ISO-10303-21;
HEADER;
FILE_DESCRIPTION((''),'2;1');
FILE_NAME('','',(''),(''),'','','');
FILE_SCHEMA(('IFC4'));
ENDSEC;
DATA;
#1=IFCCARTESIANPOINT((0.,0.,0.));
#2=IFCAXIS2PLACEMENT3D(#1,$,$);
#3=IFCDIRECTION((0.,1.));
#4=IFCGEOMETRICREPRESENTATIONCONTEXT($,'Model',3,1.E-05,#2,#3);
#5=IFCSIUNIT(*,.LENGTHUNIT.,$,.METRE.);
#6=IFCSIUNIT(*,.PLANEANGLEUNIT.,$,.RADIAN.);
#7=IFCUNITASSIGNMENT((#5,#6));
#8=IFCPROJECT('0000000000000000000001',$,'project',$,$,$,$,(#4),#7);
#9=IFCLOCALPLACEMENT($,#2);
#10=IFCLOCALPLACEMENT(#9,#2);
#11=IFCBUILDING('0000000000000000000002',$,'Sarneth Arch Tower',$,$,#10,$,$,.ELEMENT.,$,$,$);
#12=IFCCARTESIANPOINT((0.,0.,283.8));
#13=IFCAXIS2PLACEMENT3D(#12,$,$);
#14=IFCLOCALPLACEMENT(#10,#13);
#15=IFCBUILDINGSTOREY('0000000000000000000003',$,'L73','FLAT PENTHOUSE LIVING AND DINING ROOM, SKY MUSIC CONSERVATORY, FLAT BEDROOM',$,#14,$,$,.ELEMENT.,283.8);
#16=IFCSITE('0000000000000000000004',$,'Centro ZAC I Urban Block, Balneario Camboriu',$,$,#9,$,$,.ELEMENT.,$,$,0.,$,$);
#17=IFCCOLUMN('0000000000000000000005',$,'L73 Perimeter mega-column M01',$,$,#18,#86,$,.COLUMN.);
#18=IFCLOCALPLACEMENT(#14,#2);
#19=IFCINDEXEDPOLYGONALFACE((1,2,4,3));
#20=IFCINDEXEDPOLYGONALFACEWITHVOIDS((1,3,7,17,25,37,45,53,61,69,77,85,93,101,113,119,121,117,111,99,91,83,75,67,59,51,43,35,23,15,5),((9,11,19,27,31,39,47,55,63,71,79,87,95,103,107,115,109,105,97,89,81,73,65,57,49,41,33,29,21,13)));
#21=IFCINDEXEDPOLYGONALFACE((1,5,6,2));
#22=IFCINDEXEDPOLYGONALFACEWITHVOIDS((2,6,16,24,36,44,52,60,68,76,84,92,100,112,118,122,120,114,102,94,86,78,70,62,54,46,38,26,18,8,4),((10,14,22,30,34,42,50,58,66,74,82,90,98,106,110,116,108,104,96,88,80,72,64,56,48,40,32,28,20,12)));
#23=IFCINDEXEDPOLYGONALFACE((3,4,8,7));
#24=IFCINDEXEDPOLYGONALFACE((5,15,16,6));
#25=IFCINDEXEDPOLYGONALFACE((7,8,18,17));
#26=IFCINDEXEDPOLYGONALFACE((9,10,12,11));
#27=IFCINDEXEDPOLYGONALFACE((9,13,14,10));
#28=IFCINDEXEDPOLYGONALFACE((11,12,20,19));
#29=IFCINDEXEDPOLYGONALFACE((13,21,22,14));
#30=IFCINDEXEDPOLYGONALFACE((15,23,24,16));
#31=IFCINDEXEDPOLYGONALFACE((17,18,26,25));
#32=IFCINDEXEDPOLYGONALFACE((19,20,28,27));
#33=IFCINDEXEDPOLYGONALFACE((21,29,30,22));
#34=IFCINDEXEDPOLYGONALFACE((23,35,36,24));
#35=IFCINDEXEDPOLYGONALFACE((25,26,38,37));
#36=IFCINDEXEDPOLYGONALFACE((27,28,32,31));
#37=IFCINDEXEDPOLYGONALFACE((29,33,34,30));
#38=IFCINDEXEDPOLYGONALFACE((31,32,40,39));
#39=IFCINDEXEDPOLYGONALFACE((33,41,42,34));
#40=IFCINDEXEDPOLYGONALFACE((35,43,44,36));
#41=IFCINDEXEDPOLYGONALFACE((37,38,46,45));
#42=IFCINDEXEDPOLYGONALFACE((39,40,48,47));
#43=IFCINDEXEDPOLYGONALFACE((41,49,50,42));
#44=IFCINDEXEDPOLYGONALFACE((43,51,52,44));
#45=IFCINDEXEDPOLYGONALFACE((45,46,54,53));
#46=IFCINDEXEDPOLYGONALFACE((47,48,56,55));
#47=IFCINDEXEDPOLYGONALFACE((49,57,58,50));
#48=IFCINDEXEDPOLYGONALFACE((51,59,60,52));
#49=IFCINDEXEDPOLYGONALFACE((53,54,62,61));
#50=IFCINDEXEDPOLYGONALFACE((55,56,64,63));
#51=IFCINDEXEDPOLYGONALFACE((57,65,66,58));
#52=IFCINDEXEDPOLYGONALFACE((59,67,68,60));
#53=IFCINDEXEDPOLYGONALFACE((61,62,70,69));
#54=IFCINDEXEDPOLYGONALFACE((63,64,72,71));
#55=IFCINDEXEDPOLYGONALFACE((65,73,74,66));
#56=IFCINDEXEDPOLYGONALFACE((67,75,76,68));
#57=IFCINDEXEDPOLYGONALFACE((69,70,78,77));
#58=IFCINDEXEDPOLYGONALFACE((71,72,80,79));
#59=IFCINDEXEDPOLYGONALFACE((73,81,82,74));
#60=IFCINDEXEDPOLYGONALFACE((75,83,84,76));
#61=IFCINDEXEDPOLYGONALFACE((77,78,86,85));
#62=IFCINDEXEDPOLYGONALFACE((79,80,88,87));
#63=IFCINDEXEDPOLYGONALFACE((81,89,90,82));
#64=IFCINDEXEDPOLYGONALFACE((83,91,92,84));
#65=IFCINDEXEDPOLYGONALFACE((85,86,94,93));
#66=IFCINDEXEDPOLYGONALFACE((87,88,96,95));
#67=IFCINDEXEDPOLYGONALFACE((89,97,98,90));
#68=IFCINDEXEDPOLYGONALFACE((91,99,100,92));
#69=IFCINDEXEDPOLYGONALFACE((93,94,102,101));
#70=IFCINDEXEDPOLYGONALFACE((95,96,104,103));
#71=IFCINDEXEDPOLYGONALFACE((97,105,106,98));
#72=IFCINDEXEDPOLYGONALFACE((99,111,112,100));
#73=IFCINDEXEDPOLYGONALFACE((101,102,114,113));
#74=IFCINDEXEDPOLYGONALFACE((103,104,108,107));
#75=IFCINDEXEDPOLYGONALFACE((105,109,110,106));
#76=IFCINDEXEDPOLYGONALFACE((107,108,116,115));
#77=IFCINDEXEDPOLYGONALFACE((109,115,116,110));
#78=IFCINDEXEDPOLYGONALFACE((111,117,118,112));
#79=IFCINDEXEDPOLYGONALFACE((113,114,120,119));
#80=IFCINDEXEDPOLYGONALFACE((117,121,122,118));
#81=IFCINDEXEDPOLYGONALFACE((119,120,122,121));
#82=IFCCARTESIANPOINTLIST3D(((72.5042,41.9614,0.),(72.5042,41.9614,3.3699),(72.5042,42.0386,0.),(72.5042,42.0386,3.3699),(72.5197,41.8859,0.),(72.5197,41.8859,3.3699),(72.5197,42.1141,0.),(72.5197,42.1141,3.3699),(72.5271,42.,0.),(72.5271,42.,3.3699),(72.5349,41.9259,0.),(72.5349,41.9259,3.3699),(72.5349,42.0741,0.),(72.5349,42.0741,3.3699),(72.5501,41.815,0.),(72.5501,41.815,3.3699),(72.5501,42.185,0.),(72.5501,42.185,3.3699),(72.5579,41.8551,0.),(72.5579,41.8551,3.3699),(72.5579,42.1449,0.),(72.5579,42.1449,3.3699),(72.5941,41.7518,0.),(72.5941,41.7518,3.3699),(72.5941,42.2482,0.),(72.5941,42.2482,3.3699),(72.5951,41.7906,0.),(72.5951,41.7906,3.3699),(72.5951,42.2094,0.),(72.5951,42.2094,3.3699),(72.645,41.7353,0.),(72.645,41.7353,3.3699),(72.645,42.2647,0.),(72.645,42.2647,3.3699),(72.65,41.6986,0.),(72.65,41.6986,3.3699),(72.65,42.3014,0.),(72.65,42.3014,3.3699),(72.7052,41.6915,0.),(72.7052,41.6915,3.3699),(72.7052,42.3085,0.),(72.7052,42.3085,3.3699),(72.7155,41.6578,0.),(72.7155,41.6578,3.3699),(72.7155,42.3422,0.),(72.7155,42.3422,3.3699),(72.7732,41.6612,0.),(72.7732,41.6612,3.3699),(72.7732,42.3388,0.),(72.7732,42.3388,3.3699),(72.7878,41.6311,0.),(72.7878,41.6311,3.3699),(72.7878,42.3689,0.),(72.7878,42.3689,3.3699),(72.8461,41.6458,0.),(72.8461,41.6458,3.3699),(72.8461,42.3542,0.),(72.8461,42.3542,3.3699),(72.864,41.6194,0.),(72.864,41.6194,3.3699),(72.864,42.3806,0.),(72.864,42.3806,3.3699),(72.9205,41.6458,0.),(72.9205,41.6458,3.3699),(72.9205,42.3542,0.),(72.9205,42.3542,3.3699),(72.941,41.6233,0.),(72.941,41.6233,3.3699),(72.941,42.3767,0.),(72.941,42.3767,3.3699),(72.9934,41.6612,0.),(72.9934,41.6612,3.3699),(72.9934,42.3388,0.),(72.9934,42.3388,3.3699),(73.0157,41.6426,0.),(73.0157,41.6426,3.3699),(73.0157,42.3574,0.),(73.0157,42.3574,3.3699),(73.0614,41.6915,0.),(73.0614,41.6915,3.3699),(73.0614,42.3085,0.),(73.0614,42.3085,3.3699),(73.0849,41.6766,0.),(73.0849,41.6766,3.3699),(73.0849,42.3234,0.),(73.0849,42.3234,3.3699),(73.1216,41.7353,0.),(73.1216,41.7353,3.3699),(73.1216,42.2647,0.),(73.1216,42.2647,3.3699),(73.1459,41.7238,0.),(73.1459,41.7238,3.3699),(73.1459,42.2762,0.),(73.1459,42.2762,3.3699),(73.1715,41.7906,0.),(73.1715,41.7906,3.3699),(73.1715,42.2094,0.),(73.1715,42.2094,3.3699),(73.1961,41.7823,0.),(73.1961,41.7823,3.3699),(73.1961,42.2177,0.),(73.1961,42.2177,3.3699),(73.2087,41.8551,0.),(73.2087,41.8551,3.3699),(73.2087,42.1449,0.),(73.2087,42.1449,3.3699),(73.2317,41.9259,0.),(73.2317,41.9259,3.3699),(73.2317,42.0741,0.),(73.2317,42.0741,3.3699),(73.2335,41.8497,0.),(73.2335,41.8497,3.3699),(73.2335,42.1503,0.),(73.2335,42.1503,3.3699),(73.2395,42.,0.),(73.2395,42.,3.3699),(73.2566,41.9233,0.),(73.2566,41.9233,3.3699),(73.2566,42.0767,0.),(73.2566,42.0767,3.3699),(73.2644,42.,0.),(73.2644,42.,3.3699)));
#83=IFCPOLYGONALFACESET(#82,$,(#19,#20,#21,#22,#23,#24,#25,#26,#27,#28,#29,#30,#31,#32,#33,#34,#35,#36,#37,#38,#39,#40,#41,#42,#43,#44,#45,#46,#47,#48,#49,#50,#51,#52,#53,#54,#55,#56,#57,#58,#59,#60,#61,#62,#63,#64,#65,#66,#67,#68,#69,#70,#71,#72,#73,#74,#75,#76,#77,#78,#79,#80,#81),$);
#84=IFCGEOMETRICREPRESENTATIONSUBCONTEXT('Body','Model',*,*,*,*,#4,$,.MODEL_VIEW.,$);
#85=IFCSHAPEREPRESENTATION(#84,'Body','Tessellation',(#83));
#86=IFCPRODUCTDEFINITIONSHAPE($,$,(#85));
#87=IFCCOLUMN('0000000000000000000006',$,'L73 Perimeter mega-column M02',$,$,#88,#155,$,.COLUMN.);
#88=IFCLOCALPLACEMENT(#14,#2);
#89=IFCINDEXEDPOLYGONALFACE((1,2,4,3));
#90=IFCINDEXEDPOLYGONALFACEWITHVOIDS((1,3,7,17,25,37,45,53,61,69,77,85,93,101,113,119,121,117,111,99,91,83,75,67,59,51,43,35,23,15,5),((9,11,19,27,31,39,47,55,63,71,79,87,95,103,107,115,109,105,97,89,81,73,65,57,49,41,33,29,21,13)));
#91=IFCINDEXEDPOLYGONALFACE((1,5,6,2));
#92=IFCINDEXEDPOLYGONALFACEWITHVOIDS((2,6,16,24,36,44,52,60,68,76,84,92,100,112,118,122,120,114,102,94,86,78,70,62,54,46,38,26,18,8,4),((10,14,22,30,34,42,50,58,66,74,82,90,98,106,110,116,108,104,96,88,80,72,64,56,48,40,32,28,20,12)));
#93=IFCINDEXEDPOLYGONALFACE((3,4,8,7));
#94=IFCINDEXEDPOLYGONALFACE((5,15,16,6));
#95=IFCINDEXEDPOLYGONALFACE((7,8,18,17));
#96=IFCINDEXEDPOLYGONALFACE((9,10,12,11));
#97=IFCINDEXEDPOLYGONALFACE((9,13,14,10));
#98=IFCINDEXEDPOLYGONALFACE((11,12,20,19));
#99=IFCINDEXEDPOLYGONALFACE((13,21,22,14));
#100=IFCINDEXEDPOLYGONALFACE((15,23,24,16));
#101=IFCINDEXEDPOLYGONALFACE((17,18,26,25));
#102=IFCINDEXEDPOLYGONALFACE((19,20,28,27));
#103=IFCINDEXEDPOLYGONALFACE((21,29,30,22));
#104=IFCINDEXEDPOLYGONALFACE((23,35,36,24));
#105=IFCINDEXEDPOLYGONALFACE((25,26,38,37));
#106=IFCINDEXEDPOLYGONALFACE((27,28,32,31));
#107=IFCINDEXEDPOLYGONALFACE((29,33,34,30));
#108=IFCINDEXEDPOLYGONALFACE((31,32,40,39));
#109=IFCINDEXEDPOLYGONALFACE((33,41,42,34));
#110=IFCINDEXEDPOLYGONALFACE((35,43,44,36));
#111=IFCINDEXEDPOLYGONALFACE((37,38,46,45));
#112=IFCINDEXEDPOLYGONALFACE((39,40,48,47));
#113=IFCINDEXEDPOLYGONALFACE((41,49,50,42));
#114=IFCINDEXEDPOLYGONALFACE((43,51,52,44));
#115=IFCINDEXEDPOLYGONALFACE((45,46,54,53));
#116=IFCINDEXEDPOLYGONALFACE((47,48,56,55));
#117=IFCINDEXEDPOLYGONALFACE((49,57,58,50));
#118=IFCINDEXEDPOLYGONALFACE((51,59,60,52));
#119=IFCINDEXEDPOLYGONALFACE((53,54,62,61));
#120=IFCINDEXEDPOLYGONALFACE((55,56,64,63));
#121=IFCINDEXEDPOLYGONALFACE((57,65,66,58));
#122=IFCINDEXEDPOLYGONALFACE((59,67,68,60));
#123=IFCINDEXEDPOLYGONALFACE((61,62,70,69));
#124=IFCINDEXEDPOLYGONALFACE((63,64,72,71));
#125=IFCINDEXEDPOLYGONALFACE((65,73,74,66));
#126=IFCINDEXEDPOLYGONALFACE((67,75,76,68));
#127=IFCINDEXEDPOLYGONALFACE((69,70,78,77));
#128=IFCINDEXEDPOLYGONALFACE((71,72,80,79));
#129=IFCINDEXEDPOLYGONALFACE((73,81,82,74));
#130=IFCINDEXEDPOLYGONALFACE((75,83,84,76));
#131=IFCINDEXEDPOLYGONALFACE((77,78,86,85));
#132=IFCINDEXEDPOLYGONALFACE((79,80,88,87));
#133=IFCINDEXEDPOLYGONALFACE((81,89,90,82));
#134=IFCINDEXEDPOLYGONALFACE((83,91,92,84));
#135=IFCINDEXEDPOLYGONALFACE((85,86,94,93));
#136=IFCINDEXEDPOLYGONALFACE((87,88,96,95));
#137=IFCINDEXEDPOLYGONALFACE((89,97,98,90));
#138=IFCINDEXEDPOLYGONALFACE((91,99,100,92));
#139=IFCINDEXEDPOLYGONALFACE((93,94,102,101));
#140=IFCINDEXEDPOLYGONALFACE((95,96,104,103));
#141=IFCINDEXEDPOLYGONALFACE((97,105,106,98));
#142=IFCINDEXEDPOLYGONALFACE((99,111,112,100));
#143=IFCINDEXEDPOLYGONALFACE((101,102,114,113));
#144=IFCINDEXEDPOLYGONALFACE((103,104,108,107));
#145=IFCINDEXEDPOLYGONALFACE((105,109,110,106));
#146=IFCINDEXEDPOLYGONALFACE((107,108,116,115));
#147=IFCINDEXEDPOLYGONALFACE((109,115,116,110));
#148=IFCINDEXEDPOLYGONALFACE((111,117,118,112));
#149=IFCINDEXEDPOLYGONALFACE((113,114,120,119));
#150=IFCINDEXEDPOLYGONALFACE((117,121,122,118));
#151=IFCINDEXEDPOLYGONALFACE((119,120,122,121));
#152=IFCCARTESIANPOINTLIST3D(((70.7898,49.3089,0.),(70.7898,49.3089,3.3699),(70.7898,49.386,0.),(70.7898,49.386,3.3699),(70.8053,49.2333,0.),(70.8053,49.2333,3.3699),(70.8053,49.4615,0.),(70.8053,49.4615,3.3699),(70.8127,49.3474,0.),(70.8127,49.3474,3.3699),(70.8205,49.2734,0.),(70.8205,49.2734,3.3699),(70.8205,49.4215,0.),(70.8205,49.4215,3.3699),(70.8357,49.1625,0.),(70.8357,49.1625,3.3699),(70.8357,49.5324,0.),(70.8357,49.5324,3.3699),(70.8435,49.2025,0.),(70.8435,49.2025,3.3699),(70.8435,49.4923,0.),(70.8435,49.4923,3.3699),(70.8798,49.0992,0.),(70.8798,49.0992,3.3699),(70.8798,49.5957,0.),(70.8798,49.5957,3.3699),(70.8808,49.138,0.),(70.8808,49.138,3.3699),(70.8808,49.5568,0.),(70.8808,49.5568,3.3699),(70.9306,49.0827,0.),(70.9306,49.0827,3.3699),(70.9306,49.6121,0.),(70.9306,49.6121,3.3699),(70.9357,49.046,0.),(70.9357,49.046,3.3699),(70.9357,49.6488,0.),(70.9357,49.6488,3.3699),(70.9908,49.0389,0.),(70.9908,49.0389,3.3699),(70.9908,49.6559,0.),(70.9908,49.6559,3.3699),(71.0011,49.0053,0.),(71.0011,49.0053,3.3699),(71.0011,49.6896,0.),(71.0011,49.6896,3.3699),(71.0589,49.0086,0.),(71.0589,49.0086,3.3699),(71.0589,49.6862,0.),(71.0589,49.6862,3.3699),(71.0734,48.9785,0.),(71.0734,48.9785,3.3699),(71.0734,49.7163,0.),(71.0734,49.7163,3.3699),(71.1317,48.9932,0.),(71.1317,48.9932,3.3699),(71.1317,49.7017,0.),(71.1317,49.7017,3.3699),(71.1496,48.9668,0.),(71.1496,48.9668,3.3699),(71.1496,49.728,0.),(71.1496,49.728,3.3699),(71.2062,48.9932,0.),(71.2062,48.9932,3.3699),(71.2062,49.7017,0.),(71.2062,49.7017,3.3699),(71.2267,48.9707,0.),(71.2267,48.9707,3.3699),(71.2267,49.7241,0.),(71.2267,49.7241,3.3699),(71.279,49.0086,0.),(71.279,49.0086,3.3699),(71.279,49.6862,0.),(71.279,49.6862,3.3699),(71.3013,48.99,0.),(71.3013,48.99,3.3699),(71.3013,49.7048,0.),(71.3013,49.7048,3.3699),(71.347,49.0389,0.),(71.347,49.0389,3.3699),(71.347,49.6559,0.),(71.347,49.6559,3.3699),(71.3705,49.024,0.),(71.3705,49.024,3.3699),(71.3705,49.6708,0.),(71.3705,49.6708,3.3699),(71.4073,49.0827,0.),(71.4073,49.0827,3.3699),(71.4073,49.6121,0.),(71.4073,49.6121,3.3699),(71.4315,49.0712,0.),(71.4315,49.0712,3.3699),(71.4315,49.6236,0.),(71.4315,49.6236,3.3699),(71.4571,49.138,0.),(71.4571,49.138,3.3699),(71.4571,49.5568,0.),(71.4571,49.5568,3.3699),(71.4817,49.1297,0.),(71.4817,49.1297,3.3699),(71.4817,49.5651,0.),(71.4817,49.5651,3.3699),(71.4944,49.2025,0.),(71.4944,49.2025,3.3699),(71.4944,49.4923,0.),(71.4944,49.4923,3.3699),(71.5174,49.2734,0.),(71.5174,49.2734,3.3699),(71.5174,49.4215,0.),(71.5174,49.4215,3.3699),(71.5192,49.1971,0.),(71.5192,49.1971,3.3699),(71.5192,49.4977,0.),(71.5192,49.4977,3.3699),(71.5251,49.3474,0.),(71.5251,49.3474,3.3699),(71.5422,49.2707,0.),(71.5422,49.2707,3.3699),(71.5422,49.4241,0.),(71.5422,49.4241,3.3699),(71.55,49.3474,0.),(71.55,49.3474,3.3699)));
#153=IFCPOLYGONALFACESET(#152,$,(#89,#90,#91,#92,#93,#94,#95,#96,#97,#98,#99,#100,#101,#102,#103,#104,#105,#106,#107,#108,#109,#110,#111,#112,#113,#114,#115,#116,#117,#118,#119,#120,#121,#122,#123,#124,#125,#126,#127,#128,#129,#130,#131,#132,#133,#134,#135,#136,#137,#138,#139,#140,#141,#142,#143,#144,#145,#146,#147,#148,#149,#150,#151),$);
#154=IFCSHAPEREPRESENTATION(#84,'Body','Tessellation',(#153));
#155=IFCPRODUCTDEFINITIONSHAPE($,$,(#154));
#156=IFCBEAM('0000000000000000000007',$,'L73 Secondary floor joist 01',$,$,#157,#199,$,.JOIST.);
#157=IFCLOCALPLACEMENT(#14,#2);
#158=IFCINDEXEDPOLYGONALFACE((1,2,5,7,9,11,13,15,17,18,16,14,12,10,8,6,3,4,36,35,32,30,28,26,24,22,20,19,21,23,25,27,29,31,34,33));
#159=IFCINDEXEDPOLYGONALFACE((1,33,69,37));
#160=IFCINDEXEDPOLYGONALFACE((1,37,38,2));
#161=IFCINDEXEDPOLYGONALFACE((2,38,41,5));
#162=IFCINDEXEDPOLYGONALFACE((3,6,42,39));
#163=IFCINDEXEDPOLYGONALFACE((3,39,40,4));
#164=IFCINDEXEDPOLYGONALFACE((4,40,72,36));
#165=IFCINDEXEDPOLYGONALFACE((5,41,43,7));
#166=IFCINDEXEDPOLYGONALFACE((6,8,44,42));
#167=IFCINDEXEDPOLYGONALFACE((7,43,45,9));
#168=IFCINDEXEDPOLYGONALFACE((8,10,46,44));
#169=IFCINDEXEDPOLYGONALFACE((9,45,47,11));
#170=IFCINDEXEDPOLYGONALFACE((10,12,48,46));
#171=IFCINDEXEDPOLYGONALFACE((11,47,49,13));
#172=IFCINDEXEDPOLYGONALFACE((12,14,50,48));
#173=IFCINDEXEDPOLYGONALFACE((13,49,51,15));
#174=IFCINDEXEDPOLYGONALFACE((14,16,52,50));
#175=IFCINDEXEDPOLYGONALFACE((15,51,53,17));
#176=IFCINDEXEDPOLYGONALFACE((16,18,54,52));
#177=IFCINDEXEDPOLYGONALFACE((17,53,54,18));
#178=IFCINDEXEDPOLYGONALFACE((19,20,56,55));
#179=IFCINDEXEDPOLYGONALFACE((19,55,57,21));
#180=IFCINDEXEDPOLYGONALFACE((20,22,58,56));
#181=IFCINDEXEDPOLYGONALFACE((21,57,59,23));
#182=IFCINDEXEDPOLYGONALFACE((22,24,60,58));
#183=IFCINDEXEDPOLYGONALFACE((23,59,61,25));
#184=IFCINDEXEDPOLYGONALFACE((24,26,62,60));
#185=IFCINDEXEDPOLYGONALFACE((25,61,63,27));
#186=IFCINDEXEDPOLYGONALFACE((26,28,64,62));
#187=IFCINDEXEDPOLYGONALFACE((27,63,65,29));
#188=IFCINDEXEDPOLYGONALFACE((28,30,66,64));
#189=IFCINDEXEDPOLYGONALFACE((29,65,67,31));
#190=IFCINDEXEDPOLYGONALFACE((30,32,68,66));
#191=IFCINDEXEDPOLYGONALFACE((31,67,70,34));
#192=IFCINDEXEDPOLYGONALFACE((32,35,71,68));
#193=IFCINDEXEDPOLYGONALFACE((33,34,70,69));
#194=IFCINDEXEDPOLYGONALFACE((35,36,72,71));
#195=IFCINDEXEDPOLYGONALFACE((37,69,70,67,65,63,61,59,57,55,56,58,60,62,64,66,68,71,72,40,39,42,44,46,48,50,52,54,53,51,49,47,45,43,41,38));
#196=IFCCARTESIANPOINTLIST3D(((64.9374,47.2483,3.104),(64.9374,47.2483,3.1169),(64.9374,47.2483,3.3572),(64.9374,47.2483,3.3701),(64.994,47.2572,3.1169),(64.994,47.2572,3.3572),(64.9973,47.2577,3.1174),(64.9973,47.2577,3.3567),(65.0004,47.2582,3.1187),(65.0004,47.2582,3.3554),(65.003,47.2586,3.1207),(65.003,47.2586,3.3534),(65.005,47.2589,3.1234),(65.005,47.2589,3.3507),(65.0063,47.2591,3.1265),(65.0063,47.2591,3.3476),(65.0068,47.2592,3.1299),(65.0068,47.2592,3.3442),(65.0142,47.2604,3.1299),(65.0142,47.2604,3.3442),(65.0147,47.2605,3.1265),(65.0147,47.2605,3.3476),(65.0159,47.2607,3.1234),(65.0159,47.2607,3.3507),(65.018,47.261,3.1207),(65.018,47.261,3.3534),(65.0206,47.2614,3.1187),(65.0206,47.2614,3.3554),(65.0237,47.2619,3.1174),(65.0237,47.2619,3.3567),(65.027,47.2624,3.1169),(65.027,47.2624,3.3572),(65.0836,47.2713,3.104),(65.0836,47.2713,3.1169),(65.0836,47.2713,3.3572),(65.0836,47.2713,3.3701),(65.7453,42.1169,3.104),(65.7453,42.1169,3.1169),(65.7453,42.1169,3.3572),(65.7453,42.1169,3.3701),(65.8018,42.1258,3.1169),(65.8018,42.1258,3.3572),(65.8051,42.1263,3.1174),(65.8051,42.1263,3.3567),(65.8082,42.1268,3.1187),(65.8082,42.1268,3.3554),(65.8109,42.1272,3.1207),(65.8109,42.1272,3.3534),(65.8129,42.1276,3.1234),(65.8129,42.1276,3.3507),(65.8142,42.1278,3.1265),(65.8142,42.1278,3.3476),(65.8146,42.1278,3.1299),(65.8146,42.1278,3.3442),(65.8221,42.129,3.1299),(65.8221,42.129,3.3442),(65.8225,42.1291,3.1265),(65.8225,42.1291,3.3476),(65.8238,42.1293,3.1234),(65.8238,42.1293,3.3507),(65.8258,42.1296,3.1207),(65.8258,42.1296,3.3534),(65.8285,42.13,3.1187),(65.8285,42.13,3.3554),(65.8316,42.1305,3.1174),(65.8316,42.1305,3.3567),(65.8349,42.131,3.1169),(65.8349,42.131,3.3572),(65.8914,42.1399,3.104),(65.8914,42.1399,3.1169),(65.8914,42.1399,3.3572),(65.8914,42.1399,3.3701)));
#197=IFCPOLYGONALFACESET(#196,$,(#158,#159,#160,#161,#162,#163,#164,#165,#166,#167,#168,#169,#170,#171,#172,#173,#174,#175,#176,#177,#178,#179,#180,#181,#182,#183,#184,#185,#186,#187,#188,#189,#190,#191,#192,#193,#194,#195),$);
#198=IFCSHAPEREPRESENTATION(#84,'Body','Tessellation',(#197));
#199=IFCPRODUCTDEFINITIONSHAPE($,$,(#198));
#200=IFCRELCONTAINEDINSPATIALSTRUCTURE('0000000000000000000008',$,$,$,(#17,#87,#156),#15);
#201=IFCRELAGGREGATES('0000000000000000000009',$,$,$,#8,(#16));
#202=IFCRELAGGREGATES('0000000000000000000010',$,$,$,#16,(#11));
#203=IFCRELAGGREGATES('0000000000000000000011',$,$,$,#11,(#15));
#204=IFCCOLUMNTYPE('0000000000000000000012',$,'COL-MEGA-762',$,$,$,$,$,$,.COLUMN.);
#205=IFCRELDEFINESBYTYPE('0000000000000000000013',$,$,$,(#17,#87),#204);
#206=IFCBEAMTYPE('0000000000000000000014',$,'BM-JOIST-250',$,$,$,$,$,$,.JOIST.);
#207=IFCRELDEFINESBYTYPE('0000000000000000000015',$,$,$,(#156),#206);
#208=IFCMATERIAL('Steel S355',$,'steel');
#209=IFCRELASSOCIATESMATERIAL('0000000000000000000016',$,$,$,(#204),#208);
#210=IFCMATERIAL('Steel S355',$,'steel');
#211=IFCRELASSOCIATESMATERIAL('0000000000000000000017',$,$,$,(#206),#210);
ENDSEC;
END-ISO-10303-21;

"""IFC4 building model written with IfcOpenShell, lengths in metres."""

from ifc_helpers import new_model, si_unit, direction, frame, origin, origin_2d, place, context, subcontext, project, spatial, hollow_circle, i_section, extrude, material, material_profile, profile_set, type_object, element, save


model = new_model("IFC4")

# Units and contexts
model_context = context("Model", 3, precision=1e-05, world=origin(), true_north=direction((0.0, 1.0)))
body_context = subcontext(model_context, "Body", "Model", "MODEL_VIEW")
ifc_project = project(units=[si_unit("LENGTHUNIT", "METRE"), si_unit("PLANEANGLEUNIT", "RADIAN")], contexts=[model_context])

# Site, building, storey
site_placement = place(None, origin())
site = spatial("IfcSite", under=ifc_project, at=site_placement, Name="Centro ZAC I Urban Block, Balneario Camboriu", CompositionType="ELEMENT", RefElevation=0.0)
building_placement = place(site_placement, origin())
building = spatial("IfcBuilding", under=site, at=building_placement, Name="Sarneth Arch Tower", CompositionType="ELEMENT")
storey_placement = place(building_placement, frame((0.0, 0.0, 283.8)))
storey = spatial("IfcBuildingStorey", under=building, at=storey_placement, Name="L73", Description="FLAT PENTHOUSE LIVING AND DINING ROOM, SKY MUSIC CONSERVATORY, FLAT BEDROOM", CompositionType="ELEMENT", Elevation=283.8)

# Columns
ifc_material_1 = material(Name="Steel S355", Category="steel")
ifc_material_profile_1 = material_profile(ifc_material_1, hollow_circle(Radius=0.3811, WallThickness=0.0249, at=origin_2d()), Name="CHS762x25")
ifc_profile_set_1 = profile_set([ifc_material_profile_1], Name="Steel S355")
column_type = type_object("IfcColumnType", Name="COL-MEGA-762", PredefinedType="COLUMN", material=ifc_profile_set_1)
for number, where, z_axis, x_axis, name in (
    (1, (72.8833, 42.0, 0.0), (0.0, 0.0, 1.0), (1.0, 0.0, 0.0), "L73 Perimeter mega-column M01"),
    (2, (71.1689, 49.3474, 0.0), (0.0, 0.0, 1.0), (1.0, 0.0, 0.0), "L73 Perimeter mega-column M02"),
):
    element("IfcColumn", number, at=place(storey_placement, frame(where, z_axis=z_axis, x_axis=x_axis)), inside=storey, type_object=column_type, Name=name, PredefinedType="COLUMN", context=body_context, shape_type="SweptSolid", body=[
        extrude(hollow_circle(Radius=0.3811, WallThickness=0.0249, at=origin_2d()), origin(), (0.0, 0.0, 1.0), 3.3699),
    ])

# Beam
ifc_material_2 = material(Name="Steel S355", Category="steel")
ifc_material_profile_2 = material_profile(ifc_material_2, i_section(OverallWidth=0.1479, OverallDepth=0.2661, WebThickness=0.0076, FlangeThickness=0.0129, FilletRadius=0.0129, at=origin_2d()), Name="W250x44.8")
ifc_profile_set_2 = profile_set([ifc_material_profile_2], Name="Steel S355")
beam_type_1 = type_object("IfcBeamType", Name="BM-JOIST-250", PredefinedType="JOIST", material=ifc_profile_set_2)
beam_1_placement = place(storey_placement, frame((65.8184, 42.1284, 3.2371), z_axis=(-0.155521, 0.987833, 0.0), x_axis=(-0.987833, -0.155521, 0.0)))
element("IfcBeam", 3, at=beam_1_placement, inside=storey, type_object=beam_type_1, Name="L73 Secondary floor joist 01", PredefinedType="JOIST", context=body_context, shape_type="SweptSolid", body=[
    extrude(i_section(OverallWidth=0.1479, OverallDepth=0.2661, WebThickness=0.0076, FlangeThickness=0.0129, FilletRadius=0.0129, at=origin_2d()), origin(), (0.0, 0.0, 1.0), 5.1946),
])

save(model, "model.ifc")
